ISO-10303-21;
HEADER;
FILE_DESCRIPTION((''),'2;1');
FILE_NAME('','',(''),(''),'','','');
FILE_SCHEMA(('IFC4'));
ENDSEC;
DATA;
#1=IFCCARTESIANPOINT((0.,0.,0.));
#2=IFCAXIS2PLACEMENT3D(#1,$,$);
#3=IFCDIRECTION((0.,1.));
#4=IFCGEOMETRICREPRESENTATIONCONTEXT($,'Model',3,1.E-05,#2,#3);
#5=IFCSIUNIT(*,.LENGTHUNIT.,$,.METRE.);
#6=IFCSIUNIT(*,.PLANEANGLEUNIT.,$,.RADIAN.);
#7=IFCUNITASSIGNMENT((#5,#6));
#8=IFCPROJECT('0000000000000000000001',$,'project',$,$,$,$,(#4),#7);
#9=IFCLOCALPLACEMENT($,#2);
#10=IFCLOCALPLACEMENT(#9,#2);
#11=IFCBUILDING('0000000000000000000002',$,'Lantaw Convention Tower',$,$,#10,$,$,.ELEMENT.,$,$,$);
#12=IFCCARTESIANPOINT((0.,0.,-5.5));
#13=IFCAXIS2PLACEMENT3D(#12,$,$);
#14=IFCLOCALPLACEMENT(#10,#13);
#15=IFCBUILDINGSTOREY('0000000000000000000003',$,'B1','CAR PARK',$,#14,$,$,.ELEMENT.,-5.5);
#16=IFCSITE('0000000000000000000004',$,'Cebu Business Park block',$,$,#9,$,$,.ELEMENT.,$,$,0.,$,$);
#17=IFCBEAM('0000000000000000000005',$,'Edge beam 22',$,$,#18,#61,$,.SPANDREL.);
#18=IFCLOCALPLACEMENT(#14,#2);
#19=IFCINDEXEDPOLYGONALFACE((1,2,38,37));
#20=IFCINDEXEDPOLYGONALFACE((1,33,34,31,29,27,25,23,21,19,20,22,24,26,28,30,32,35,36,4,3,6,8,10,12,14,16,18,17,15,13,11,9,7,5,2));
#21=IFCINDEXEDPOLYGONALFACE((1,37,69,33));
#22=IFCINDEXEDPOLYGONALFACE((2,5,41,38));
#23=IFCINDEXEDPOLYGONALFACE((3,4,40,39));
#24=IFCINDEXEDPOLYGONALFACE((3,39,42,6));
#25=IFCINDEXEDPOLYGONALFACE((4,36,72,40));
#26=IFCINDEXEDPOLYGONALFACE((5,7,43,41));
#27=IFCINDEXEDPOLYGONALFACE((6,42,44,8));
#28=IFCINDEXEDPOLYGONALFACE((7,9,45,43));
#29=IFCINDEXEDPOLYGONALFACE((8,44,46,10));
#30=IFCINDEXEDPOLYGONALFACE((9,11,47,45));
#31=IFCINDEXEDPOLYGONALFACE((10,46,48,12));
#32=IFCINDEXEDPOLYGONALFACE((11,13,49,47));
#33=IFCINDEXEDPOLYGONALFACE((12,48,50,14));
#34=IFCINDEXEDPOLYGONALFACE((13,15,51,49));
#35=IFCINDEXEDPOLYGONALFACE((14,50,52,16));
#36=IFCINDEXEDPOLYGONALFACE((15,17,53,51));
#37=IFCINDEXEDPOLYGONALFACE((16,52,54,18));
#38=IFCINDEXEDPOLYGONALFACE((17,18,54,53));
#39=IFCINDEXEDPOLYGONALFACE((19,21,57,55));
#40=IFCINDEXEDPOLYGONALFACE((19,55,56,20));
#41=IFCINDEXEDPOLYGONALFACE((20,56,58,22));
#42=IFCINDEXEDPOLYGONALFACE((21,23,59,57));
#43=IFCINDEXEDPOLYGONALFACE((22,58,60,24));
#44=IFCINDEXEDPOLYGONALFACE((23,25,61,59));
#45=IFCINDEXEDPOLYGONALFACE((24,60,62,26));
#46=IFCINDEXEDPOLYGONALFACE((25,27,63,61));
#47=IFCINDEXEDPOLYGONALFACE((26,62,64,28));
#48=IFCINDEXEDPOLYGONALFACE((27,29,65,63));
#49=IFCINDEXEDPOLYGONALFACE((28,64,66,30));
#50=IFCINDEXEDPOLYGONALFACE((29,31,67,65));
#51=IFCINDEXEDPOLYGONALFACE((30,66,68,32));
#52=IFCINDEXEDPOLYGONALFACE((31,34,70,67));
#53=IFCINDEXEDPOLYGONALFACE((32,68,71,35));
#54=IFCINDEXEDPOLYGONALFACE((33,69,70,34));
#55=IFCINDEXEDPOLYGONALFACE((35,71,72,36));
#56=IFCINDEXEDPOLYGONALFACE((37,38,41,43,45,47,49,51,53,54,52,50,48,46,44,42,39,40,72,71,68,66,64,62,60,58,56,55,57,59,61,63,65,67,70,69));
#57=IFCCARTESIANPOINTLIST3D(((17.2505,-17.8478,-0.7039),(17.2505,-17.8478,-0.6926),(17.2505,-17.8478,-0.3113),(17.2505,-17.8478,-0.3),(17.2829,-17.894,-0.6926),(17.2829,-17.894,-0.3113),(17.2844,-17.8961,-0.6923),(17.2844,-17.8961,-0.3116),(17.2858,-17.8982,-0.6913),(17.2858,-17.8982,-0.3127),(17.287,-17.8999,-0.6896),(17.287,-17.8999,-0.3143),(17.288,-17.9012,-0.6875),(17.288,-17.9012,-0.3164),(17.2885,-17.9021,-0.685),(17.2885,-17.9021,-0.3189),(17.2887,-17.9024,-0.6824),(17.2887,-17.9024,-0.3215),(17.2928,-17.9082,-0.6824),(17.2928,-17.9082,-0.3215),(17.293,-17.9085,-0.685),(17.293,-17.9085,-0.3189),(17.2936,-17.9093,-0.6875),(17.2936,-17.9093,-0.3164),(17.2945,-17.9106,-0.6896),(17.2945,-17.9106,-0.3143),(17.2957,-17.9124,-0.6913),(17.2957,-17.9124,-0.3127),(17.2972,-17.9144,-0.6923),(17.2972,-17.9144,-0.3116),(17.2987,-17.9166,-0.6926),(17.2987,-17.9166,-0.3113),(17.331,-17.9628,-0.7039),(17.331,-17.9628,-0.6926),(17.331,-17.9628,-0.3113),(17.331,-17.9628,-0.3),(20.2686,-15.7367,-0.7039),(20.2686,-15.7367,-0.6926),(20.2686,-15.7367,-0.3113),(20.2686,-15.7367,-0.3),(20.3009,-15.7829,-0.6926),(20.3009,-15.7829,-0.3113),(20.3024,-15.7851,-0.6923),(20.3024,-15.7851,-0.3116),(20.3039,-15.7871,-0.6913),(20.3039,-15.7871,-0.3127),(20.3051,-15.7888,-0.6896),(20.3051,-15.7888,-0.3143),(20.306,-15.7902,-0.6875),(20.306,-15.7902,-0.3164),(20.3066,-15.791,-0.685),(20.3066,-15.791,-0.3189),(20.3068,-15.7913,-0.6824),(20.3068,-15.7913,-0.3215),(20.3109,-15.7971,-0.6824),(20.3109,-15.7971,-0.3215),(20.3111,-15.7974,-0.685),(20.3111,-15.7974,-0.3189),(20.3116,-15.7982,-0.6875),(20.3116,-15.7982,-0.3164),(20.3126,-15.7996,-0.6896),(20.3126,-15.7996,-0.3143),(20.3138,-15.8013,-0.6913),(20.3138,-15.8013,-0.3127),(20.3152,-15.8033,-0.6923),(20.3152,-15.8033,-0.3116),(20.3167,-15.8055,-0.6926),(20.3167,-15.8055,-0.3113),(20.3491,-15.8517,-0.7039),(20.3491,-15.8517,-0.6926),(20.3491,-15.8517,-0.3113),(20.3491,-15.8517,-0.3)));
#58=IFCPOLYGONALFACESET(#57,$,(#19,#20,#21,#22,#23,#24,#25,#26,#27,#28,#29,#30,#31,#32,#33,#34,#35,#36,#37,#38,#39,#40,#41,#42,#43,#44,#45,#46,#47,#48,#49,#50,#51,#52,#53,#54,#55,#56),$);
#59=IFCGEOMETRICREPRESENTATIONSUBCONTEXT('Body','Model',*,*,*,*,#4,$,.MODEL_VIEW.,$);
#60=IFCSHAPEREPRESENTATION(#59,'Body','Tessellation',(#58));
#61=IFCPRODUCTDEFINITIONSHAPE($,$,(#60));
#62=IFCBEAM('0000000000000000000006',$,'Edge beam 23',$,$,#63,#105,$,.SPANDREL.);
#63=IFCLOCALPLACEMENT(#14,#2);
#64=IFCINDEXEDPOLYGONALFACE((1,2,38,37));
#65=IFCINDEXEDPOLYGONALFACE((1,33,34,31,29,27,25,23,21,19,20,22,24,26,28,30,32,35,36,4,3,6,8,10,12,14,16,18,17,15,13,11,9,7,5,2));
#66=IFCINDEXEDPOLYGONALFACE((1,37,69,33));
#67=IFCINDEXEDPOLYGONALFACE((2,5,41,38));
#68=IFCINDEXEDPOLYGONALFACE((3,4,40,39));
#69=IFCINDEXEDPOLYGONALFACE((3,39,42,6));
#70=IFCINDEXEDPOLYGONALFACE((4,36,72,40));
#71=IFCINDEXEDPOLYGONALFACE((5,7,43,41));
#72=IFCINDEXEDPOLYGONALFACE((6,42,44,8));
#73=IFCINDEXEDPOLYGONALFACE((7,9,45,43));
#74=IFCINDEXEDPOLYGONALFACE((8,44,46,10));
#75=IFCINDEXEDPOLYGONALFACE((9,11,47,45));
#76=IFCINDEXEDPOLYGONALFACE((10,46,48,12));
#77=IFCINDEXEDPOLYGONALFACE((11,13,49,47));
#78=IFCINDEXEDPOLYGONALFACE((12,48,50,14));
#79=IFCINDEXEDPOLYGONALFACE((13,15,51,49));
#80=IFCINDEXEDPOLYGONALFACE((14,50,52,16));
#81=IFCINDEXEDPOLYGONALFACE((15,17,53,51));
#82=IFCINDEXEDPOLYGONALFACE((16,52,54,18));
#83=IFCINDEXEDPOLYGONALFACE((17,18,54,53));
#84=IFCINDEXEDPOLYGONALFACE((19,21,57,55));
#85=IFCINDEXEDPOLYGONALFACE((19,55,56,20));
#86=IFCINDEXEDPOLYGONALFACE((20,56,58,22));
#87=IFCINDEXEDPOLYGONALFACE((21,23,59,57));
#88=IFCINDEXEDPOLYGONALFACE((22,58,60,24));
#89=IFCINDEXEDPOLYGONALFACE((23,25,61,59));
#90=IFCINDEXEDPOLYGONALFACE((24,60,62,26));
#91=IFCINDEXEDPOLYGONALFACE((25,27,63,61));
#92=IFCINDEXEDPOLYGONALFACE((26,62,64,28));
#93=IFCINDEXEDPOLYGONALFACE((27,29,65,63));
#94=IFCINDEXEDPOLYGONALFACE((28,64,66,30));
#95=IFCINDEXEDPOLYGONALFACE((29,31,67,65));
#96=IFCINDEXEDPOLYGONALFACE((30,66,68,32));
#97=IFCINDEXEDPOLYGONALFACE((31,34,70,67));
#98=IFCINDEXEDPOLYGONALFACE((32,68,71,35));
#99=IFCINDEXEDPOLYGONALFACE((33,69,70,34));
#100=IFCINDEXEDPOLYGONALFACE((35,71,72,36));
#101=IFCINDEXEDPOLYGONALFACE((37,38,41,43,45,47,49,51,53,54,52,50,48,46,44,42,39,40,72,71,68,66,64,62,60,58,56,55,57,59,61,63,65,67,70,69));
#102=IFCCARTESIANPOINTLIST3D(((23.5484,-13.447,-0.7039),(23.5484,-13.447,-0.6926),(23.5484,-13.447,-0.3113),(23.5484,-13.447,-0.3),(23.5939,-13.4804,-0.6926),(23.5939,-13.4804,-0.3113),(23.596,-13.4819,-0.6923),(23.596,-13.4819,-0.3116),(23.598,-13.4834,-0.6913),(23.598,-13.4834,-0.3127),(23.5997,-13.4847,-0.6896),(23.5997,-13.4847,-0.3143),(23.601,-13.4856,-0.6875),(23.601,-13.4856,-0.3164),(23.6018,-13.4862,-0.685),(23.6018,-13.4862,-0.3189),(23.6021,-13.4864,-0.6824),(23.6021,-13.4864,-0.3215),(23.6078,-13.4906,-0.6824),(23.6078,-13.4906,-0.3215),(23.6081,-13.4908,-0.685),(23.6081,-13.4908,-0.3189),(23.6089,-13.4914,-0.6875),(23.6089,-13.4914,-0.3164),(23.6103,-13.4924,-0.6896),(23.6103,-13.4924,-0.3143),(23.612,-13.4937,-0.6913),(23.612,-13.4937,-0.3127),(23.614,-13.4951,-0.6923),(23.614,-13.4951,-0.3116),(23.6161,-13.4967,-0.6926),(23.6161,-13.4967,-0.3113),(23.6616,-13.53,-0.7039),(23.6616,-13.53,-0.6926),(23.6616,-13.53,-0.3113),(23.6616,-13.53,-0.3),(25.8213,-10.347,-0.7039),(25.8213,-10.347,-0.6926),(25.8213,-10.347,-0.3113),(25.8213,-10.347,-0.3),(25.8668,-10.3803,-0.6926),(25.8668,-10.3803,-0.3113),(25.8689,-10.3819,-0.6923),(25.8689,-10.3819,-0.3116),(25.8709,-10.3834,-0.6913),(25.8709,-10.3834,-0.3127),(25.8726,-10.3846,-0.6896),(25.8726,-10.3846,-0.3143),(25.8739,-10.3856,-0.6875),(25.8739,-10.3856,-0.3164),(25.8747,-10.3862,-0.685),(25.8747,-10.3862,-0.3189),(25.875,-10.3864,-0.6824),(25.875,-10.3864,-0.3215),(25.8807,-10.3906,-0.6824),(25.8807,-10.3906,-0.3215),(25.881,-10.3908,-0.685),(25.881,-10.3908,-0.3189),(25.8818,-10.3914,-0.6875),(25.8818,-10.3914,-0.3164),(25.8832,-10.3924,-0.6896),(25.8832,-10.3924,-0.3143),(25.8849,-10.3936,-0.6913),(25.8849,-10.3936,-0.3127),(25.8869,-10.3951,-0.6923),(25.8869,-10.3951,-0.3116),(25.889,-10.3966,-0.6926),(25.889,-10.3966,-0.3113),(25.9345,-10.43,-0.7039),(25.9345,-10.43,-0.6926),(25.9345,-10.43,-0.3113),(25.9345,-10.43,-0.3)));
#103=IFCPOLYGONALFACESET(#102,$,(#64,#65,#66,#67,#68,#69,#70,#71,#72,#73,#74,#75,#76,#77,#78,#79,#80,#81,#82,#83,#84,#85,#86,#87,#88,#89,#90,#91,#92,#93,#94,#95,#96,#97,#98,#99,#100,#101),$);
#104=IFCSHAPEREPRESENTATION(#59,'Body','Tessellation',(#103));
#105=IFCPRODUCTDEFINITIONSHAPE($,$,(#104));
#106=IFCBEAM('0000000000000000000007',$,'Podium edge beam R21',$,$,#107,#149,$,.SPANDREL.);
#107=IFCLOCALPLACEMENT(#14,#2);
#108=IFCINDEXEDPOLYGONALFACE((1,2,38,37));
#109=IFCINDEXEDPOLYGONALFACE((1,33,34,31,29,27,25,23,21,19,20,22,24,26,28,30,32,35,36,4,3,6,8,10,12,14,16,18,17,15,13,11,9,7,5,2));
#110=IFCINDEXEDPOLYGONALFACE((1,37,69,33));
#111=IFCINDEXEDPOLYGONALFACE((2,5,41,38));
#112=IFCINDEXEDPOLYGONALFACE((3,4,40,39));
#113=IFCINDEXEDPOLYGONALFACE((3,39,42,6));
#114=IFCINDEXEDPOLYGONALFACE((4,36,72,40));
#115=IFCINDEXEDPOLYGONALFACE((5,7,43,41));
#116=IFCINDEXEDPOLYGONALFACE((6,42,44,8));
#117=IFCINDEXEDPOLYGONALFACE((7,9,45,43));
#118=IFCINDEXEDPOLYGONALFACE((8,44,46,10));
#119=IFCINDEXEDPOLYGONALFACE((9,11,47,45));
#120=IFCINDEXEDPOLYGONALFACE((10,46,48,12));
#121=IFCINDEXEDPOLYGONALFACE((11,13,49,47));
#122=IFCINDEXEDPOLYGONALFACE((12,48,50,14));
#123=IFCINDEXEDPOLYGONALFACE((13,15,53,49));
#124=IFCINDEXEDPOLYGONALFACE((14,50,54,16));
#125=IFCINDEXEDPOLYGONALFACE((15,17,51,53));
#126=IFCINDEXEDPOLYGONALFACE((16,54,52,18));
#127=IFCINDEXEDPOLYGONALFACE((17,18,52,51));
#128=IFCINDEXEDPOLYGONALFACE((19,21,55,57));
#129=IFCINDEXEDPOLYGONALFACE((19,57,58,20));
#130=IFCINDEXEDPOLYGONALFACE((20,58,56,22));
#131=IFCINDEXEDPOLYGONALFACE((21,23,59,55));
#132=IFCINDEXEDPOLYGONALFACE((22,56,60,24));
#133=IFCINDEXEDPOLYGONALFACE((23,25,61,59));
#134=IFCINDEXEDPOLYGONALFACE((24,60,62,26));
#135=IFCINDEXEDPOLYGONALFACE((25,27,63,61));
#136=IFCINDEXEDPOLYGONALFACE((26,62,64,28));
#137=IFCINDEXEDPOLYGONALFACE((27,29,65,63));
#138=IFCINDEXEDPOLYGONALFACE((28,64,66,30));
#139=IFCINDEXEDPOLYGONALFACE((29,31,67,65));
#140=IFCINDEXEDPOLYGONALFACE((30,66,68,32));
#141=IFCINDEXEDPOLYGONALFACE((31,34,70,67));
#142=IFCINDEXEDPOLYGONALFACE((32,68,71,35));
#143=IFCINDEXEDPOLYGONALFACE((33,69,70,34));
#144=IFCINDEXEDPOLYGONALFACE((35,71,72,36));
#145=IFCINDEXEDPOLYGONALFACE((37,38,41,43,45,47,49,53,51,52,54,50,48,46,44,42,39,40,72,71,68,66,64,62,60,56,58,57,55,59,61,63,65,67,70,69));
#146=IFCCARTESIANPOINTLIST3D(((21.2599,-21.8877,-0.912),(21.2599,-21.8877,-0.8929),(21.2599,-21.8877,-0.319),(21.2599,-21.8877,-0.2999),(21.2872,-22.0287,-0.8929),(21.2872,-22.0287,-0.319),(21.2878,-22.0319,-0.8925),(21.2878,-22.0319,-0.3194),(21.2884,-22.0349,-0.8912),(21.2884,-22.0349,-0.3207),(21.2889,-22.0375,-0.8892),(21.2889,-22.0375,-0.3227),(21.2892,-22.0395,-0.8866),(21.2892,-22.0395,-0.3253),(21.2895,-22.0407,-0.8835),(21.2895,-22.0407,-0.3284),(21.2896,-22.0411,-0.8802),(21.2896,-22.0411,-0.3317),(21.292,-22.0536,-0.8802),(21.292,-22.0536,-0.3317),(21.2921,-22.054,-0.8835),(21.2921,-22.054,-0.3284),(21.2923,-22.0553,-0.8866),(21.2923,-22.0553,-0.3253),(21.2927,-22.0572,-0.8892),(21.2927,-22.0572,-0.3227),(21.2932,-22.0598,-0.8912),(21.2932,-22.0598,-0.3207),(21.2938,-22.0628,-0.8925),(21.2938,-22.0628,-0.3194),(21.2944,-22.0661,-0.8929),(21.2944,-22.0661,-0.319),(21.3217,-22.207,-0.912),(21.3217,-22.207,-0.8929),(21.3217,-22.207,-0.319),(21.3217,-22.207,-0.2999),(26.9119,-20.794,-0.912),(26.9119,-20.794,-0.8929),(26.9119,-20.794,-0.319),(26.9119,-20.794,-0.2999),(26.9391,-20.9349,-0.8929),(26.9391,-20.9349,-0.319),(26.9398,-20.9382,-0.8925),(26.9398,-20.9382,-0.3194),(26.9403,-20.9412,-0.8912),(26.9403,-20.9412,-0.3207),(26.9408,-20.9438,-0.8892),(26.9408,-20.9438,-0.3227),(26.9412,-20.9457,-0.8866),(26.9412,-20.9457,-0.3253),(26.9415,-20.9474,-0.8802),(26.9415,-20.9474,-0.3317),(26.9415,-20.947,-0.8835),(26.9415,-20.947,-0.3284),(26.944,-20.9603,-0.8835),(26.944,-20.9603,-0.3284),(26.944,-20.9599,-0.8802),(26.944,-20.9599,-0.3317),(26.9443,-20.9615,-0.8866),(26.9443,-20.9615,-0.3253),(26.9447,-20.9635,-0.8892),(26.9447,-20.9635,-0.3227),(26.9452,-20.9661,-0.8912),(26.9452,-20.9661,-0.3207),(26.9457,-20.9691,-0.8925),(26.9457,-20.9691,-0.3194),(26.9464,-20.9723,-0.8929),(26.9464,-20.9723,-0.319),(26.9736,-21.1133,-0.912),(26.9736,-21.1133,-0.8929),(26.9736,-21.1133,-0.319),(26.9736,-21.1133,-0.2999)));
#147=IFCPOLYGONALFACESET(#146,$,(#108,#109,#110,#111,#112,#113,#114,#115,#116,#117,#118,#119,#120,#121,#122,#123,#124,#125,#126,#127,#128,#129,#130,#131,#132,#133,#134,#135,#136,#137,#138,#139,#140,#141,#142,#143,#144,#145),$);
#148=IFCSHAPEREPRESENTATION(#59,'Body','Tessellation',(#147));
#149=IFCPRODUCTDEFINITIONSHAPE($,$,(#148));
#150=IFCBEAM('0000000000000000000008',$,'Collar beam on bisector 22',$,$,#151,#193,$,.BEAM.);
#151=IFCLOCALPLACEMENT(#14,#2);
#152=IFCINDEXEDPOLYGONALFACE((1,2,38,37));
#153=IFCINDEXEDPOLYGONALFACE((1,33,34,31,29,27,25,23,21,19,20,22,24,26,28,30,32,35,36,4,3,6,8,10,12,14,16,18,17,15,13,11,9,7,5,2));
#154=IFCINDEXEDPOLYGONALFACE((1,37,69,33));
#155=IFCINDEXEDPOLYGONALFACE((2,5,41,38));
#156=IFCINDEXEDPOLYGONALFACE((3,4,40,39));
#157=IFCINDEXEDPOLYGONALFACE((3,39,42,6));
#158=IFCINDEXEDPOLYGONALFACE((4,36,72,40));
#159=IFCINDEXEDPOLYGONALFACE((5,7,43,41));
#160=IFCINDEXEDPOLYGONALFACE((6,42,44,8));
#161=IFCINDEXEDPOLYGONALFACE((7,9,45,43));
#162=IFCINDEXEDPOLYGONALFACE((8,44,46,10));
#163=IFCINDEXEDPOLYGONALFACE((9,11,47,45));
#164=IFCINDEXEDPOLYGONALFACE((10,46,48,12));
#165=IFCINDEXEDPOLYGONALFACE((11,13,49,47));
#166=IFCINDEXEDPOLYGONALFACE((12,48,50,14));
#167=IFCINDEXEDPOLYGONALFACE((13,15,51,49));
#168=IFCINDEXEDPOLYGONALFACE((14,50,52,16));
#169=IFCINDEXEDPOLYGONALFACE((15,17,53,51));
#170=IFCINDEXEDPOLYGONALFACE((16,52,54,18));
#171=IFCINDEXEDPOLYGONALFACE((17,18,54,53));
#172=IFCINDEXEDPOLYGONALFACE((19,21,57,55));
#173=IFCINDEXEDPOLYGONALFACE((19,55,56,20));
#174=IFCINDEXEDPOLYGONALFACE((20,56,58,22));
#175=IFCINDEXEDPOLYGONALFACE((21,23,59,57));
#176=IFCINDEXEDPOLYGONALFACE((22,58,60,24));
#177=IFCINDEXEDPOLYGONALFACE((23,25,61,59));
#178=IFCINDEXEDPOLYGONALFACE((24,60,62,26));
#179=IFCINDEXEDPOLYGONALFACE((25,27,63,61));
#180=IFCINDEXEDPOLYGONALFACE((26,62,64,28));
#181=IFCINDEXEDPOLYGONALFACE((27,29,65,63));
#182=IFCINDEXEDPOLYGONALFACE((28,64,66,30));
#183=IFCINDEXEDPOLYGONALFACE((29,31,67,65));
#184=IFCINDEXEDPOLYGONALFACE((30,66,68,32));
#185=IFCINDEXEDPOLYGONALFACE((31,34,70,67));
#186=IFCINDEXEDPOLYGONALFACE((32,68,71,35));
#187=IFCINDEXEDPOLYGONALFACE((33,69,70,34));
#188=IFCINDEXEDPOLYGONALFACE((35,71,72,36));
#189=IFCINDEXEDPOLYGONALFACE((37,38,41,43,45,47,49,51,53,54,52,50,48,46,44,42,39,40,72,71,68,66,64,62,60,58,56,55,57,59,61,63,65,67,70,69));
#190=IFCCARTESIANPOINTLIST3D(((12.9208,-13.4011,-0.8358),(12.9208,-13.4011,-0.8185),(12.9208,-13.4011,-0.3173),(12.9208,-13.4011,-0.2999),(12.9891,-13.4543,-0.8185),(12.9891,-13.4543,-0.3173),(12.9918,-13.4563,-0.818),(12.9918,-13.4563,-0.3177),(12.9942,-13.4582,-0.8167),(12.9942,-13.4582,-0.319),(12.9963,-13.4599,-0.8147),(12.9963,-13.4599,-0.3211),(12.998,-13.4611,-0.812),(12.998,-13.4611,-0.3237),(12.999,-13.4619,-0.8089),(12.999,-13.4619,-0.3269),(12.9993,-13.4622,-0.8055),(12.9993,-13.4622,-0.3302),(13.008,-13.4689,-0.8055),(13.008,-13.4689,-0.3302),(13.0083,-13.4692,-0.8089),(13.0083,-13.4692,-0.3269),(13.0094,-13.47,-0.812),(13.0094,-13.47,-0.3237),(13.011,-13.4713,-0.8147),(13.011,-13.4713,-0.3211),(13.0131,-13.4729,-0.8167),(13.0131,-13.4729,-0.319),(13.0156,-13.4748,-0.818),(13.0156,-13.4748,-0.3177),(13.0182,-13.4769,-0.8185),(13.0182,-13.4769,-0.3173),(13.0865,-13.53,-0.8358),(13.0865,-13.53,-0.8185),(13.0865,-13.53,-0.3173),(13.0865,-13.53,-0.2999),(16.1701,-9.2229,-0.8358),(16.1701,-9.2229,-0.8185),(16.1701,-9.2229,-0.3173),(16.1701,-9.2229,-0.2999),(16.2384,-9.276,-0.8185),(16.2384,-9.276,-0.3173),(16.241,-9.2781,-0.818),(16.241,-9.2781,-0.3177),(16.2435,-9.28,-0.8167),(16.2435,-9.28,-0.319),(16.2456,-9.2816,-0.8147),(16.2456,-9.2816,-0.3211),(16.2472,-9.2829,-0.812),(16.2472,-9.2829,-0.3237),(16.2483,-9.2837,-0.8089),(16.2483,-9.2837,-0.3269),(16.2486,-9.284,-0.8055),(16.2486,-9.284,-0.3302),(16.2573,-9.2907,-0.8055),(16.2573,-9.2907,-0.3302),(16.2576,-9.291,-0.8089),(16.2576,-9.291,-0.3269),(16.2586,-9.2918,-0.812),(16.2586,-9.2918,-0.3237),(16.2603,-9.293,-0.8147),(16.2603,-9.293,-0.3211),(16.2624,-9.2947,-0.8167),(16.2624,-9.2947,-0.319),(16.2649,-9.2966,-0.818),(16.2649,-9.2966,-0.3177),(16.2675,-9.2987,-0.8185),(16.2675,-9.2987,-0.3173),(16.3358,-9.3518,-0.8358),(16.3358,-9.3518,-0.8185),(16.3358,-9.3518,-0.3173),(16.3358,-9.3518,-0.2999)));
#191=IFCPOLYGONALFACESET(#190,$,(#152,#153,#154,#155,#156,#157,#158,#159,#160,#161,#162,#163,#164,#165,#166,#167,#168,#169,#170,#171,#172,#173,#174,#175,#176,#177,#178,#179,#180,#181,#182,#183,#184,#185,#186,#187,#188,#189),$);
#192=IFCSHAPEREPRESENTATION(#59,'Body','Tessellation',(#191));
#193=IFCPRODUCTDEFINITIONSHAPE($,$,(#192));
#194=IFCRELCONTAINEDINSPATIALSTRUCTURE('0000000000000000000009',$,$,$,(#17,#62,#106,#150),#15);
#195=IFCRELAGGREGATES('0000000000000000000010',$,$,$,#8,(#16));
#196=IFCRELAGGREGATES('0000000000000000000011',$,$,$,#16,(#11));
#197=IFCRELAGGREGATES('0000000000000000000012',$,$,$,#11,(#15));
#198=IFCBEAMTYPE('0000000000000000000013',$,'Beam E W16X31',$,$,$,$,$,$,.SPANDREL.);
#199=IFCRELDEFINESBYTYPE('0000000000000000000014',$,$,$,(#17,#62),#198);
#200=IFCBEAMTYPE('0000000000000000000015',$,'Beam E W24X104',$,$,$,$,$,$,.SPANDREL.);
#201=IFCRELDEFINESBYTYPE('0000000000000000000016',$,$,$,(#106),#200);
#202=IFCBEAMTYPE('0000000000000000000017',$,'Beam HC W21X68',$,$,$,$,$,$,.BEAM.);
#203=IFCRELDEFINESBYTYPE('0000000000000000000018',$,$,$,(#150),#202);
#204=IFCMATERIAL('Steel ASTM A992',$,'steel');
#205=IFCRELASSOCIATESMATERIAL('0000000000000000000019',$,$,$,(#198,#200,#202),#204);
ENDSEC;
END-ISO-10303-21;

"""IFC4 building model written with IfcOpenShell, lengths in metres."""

from ifc_helpers import new_model, si_unit, direction, frame, origin, origin_2d, place, context, subcontext, project, spatial, i_section, extrude, material, material_profile, profile_set, type_object, element, save


model = new_model("IFC4")

# Units and contexts
model_context = context("Model", 3, precision=1e-05, world=origin(), true_north=direction((0.0, 1.0)))
body_context = subcontext(model_context, "Body", "Model", "MODEL_VIEW")
ifc_project = project(units=[si_unit("LENGTHUNIT", "METRE"), si_unit("PLANEANGLEUNIT", "RADIAN")], contexts=[model_context])

# Site, building, storey
site_placement = place(None, origin())
site = spatial("IfcSite", under=ifc_project, at=site_placement, Name="Cebu Business Park block", CompositionType="ELEMENT", RefElevation=0.0)
building_placement = place(site_placement, origin())
building = spatial("IfcBuilding", under=site, at=building_placement, Name="Lantaw Convention Tower", CompositionType="ELEMENT")
storey_placement = place(building_placement, frame((0.0, 0.0, -5.5)))
storey = spatial("IfcBuildingStorey", under=building, at=storey_placement, Name="B1", Description="CAR PARK", CompositionType="ELEMENT", Elevation=-5.5)

# Beams
ifc_material_1 = material(Name="Steel ASTM A992", Category="steel")
ifc_material_profile_1 = material_profile(ifc_material_1, i_section(OverallWidth=0.1404, OverallDepth=0.4038, WebThickness=0.0071, FlangeThickness=0.0112, FilletRadius=0.0103, at=origin_2d()), Name="W16X31")
ifc_profile_set_1 = profile_set([ifc_material_profile_1], Name="Steel ASTM A992")
beam_type_1 = type_object("IfcBeamType", Name="Beam E W16X31", PredefinedType="SPANDREL", material=ifc_profile_set_1)
beam_1_placement = place(storey_placement, frame((17.2908, -17.9053, -0.502), z_axis=(0.819431, 0.573178, 0.0), x_axis=(-0.573178, 0.819431, 0.0)))
element("IfcBeam", 1, at=beam_1_placement, inside=storey, type_object=beam_type_1, Name="Edge beam 22", PredefinedType="SPANDREL", context=body_context, shape_type="SweptSolid", body=[
    extrude(i_section(OverallWidth=0.1404, OverallDepth=0.4038, WebThickness=0.0071, FlangeThickness=0.0112, FilletRadius=0.0103, at=origin_2d()), origin(), (0.0, 0.0, 1.0), 3.6831),
])
beam_2_placement = place(storey_placement, frame((23.605, -13.4885, -0.502), z_axis=(0.591287, 0.806462, 0.0), x_axis=(-0.806462, 0.591287, 0.0)))
element("IfcBeam", 2, at=beam_2_placement, inside=storey, type_object=beam_type_1, Name="Edge beam 23", PredefinedType="SPANDREL", context=body_context, shape_type="SweptSolid", body=[
    extrude(i_section(OverallWidth=0.1404, OverallDepth=0.4038, WebThickness=0.0071, FlangeThickness=0.0112, FilletRadius=0.0103, at=origin_2d()), origin(), (0.0, 0.0, 1.0), 3.844),
])
ifc_material_profile_2 = material_profile(ifc_material_1, i_section(OverallWidth=0.3252, OverallDepth=0.6121, WebThickness=0.0127, FlangeThickness=0.019, FilletRadius=0.0127, at=origin_2d()), Name="W24X104")
ifc_profile_set_2 = profile_set([ifc_material_profile_2], Name="Steel ASTM A992")
beam_type_2 = type_object("IfcBeamType", Name="Beam E W24X104", PredefinedType="SPANDREL", material=ifc_profile_set_2)
beam_3_placement = place(storey_placement, frame((21.2908, -22.0474, -0.606), z_axis=(0.981786, 0.189988, 0.0), x_axis=(-0.189988, 0.981786, 0.0)))
element("IfcBeam", 3, at=beam_3_placement, inside=storey, type_object=beam_type_2, Name="Podium edge beam R21", PredefinedType="SPANDREL", context=body_context, shape_type="SweptSolid", body=[
    extrude(i_section(OverallWidth=0.3252, OverallDepth=0.6121, WebThickness=0.0127, FlangeThickness=0.019, FilletRadius=0.0127, at=origin_2d()), origin(), (0.0, 0.0, 1.0), 5.7568),
])
ifc_material_profile_3 = material_profile(ifc_material_1, i_section(OverallWidth=0.21, OverallDepth=0.5359, WebThickness=0.011, FlangeThickness=0.0173, FilletRadius=0.0129, at=origin_2d()), Name="W21X68")
ifc_profile_set_3 = profile_set([ifc_material_profile_3], Name="Steel ASTM A992")
beam_type_3 = type_object("IfcBeamType", Name="Beam HC W21X68", PredefinedType="BEAM", material=ifc_profile_set_3)
beam_4_placement = place(storey_placement, frame((13.0037, -13.4656, -0.5679), z_axis=(0.613886, 0.789394, 0.0), x_axis=(-0.789394, 0.613886, 0.0)))
element("IfcBeam", 4, at=beam_4_placement, inside=storey, type_object=beam_type_3, Name="Collar beam on bisector 22", PredefinedType="BEAM", context=body_context, shape_type="SweptSolid", body=[
    extrude(i_section(OverallWidth=0.21, OverallDepth=0.5359, WebThickness=0.011, FlangeThickness=0.0173, FilletRadius=0.0129, at=origin_2d()), origin(), (0.0, 0.0, 1.0), 5.293),
])

save(model, "model.ifc")
